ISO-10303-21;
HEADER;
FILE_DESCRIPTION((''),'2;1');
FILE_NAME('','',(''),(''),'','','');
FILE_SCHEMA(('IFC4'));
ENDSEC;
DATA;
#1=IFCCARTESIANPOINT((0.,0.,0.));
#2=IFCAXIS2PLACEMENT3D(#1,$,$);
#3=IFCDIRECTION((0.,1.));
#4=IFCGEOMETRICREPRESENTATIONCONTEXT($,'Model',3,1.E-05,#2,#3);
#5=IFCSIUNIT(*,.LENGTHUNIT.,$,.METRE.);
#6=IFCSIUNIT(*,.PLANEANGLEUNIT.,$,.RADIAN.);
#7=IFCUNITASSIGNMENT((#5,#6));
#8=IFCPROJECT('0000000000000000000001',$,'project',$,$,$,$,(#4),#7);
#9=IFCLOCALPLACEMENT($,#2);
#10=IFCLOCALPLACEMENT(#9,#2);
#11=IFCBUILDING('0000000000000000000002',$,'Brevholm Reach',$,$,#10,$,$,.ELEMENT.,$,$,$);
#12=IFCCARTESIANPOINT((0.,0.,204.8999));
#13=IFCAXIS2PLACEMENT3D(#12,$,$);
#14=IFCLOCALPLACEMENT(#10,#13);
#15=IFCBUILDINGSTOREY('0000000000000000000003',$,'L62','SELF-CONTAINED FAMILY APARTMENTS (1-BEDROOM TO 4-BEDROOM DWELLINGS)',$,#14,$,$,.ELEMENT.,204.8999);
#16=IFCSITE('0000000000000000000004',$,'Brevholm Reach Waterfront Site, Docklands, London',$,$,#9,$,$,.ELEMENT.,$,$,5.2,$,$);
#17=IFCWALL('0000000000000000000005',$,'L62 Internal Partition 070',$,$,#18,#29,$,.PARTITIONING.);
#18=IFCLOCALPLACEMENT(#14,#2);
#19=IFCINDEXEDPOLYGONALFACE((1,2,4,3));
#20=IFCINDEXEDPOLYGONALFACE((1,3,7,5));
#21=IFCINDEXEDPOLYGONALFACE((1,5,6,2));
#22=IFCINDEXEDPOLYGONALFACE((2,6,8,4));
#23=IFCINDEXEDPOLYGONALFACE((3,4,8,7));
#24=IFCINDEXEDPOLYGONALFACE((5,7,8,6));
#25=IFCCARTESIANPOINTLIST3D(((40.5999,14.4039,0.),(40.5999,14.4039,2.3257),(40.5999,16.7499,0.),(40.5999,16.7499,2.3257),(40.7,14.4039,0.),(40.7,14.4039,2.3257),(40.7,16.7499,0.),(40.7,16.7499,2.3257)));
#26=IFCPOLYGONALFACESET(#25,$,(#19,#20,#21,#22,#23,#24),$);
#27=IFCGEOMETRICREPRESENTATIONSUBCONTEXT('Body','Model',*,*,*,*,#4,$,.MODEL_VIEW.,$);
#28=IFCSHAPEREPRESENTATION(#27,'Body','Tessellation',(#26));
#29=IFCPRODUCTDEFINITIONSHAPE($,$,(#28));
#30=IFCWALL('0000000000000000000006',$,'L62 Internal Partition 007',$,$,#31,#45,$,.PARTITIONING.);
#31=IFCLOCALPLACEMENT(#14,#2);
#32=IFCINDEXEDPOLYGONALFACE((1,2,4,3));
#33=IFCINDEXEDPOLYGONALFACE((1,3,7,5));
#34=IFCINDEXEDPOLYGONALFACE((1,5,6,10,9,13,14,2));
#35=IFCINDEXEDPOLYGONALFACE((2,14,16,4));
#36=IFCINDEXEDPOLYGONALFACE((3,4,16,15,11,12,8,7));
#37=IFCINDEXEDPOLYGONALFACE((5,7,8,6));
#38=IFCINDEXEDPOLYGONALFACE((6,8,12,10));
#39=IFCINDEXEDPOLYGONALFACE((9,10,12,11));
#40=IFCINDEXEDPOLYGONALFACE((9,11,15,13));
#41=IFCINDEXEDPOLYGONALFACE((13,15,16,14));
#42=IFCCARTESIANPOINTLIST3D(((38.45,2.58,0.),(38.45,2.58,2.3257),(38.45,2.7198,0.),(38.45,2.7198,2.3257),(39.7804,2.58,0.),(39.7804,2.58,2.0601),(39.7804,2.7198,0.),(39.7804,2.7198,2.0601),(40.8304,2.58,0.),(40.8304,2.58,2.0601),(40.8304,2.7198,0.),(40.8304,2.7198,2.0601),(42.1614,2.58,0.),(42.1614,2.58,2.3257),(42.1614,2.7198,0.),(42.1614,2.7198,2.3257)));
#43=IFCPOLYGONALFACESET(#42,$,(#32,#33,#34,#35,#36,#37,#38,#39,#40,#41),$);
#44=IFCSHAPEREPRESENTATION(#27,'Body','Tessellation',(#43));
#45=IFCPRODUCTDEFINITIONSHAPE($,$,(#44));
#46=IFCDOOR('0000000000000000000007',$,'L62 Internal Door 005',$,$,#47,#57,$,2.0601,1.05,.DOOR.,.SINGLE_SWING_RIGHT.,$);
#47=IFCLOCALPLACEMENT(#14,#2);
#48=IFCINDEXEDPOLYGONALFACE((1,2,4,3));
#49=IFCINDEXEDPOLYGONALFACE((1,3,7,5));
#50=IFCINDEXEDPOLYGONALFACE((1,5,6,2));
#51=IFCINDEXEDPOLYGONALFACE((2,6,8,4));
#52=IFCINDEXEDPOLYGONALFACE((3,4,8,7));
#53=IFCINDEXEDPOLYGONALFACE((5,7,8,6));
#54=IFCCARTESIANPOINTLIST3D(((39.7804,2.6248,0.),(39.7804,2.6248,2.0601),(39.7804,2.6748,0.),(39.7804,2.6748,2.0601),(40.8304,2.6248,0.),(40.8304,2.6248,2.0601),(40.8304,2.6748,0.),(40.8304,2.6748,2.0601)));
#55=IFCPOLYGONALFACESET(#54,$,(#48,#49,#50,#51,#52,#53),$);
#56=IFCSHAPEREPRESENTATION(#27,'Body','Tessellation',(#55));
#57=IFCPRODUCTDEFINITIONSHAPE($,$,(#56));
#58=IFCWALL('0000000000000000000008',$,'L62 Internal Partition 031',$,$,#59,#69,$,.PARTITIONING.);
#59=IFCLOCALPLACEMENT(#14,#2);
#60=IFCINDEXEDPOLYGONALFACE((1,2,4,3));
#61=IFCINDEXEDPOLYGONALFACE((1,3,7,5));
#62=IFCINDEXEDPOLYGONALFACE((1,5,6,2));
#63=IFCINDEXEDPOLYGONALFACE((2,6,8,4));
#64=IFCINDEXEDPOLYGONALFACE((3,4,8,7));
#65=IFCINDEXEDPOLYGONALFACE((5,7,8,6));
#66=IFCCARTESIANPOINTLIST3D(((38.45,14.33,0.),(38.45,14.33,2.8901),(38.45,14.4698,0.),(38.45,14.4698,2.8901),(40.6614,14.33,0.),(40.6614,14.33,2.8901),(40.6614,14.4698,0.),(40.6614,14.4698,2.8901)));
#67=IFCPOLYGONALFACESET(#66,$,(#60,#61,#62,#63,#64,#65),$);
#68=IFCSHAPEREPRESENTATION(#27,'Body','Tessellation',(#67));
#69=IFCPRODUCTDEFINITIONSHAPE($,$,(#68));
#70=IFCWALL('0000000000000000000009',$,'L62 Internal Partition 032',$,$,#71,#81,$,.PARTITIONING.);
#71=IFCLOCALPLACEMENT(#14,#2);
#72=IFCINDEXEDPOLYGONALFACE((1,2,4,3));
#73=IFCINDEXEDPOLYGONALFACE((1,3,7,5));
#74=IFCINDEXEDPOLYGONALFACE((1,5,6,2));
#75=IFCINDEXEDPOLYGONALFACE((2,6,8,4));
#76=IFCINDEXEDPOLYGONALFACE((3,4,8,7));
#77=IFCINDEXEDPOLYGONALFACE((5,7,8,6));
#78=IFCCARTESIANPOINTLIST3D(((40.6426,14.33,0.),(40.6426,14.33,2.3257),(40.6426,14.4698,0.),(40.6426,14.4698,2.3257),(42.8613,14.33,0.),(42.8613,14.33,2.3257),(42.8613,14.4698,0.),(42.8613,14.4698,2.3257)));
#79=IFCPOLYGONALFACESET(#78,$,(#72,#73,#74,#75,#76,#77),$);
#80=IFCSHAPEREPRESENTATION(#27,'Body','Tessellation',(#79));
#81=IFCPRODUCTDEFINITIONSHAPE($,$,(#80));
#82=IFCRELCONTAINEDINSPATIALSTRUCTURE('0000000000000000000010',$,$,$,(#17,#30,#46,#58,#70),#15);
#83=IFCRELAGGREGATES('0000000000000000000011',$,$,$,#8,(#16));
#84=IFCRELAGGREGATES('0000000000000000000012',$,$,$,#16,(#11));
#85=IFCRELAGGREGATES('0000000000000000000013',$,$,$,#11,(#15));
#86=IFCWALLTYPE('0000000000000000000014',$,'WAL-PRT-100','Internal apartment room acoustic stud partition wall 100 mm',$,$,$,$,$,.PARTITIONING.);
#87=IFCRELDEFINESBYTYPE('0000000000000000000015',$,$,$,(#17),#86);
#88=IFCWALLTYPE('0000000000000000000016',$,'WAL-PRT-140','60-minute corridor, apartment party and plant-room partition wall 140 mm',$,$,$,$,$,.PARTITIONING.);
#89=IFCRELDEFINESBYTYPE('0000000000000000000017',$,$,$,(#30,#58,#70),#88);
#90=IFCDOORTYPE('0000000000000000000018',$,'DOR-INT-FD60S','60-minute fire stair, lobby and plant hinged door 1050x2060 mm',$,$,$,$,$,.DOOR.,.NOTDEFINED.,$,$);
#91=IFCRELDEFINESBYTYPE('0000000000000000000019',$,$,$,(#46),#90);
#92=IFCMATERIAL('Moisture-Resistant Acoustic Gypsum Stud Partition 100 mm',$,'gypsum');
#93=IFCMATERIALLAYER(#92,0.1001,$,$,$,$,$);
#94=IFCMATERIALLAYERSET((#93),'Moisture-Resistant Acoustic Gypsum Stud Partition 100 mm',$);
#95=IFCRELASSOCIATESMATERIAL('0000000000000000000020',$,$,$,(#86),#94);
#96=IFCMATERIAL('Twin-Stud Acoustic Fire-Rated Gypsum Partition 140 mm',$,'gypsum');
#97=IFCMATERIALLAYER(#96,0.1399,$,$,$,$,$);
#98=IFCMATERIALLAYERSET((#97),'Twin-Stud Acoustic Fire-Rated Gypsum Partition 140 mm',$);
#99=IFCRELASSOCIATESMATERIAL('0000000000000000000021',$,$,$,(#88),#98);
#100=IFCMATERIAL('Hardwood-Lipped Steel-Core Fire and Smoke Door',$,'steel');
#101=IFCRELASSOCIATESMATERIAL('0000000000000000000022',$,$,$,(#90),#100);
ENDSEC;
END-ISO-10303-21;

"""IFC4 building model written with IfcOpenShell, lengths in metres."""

from ifc_helpers import new_model, si_unit, direction, frame, frame_2d, origin, place, context, subcontext, project, spatial, rectangle, extrude, material, layer, layer_set, type_object, element, fill, save


model = new_model("IFC4")

# Units and contexts
model_context = context("Model", 3, precision=1e-05, world=origin(), true_north=direction((0.0, 1.0)))
body_context = subcontext(model_context, "Body", "Model", "MODEL_VIEW")
ifc_project = project(units=[si_unit("LENGTHUNIT", "METRE"), si_unit("PLANEANGLEUNIT", "RADIAN")], contexts=[model_context])

# Site, building, storey
site_placement = place(None, origin())
site = spatial("IfcSite", under=ifc_project, at=site_placement, Name="Brevholm Reach Waterfront Site, Docklands, London", CompositionType="ELEMENT", RefElevation=5.2)
building_placement = place(site_placement, origin())
building = spatial("IfcBuilding", under=site, at=building_placement, Name="Brevholm Reach", CompositionType="ELEMENT")
storey_placement = place(building_placement, frame((0.0, 0.0, 204.8999)))
storey = spatial("IfcBuildingStorey", under=building, at=storey_placement, Name="L62", Description="SELF-CONTAINED FAMILY APARTMENTS (1-BEDROOM TO 4-BEDROOM DWELLINGS)", CompositionType="ELEMENT", Elevation=204.8999)

# Wall
ifc_material_1 = material(Name="Moisture-Resistant Acoustic Gypsum Stud Partition 100 mm", Category="gypsum")
ifc_layer_1 = layer(ifc_material_1, 0.1001)
ifc_layer_set_1 = layer_set([ifc_layer_1], Name="Moisture-Resistant Acoustic Gypsum Stud Partition 100 mm")
wall_type_1 = type_object("IfcWallType", Name="WAL-PRT-100", Description="Internal apartment room acoustic stud partition wall 100 mm", PredefinedType="PARTITIONING", material=ifc_layer_set_1)
wall_1_placement = place(storey_placement, frame((40.6499, 14.4041, 0.0), z_axis=(0.0, 0.0, 1.0), x_axis=(0.0, 1.0, 0.0)))
element("IfcWall", 1, at=wall_1_placement, inside=storey, type_object=wall_type_1, Name="L62 Internal Partition 070", PredefinedType="PARTITIONING", context=body_context, shape_type="SweptSolid", body=[
    extrude(rectangle(XDim=2.3459, YDim=0.1001, at=frame_2d((1.1729, 0.0))), origin(), (0.0, 0.0, 1.0), 2.3257),
])

# Wall, opening, door
ifc_material_2 = material(Name="Twin-Stud Acoustic Fire-Rated Gypsum Partition 140 mm", Category="gypsum")
ifc_layer_2 = layer(ifc_material_2, 0.1399)
ifc_layer_set_2 = layer_set([ifc_layer_2], Name="Twin-Stud Acoustic Fire-Rated Gypsum Partition 140 mm")
wall_type_2 = type_object("IfcWallType", Name="WAL-PRT-140", Description="60-minute corridor, apartment party and plant-room partition wall 140 mm", PredefinedType="PARTITIONING", material=ifc_layer_set_2)
wall_2_placement = place(storey_placement, frame((38.45, 2.6499, 0.0), z_axis=(0.0, 0.0, 1.0), x_axis=(1.0, 0.0, 0.0)))
wall_2 = element("IfcWall", 2, at=wall_2_placement, inside=storey, type_object=wall_type_2, Name="L62 Internal Partition 007", PredefinedType="PARTITIONING", context=body_context, shape_type="SweptSolid", body=[
    extrude(rectangle(XDim=3.7114, YDim=0.1399, at=frame_2d((1.8557, 0.0))), origin(), (0.0, 0.0, 1.0), 2.3257),
])
opening_1_placement = place(wall_2_placement, frame((1.3306, 0.0, 0.0)))
opening_1 = element("IfcOpeningElement", 3, at=opening_1_placement, cuts=wall_2, PredefinedType="OPENING", context=body_context, shape_type="SweptSolid", body=[
    extrude(rectangle(XDim=1.05, YDim=2.0601, at=frame_2d((0.5249, 1.03))), frame((0.0, 0.0798, 0.0), z_axis=(0.0, -1.0, 0.0), x_axis=(1.0, 0.0, 0.0)), (0.0, 0.0, 1.0), 0.1599),
])
ifc_material_3 = material(Name="Hardwood-Lipped Steel-Core Fire and Smoke Door", Category="steel")
door_type_1 = type_object("IfcDoorType", Name="DOR-INT-FD60S", Description="60-minute fire stair, lobby and plant hinged door 1050x2060 mm", OperationType="NOTDEFINED", PredefinedType="DOOR", material=ifc_material_3)
door_1_placement = place(opening_1_placement, origin())
door_1 = element("IfcDoor", 4, at=door_1_placement, inside=storey, type_object=door_type_1, Name="L62 Internal Door 005", OperationType="SINGLE_SWING_RIGHT", OverallHeight=2.0601, OverallWidth=1.05, PredefinedType="DOOR", context=body_context, shape_type="SweptSolid", body=[
    extrude(rectangle(XDim=1.05, YDim=2.0601, at=frame_2d((0.5249, 1.03))), frame((0.0, 0.0249, 0.0), z_axis=(0.0, -1.0, 0.0), x_axis=(1.0, 0.0, 0.0)), (0.0, 0.0, 1.0), 0.05),
])
fill(opening_1, door_1)

# Walls
wall_3_placement = place(storey_placement, frame((38.45, 14.3999, 0.0), z_axis=(0.0, 0.0, 1.0), x_axis=(1.0, 0.0, 0.0)))
element("IfcWall", 5, at=wall_3_placement, inside=storey, type_object=wall_type_2, Name="L62 Internal Partition 031", PredefinedType="PARTITIONING", context=body_context, shape_type="SweptSolid", body=[
    extrude(rectangle(XDim=2.2114, YDim=0.1399, at=frame_2d((1.1057, 0.0))), origin(), (0.0, 0.0, 1.0), 2.8901),
])
wall_4_placement = place(storey_placement, frame((40.6426, 14.3999, 0.0), z_axis=(0.0, 0.0, 1.0), x_axis=(1.0, 0.0, 0.0)))
element("IfcWall", 6, at=wall_4_placement, inside=storey, type_object=wall_type_2, Name="L62 Internal Partition 032", PredefinedType="PARTITIONING", context=body_context, shape_type="SweptSolid", body=[
    extrude(rectangle(XDim=2.2188, YDim=0.1399, at=frame_2d((1.1094, 0.0))), origin(), (0.0, 0.0, 1.0), 2.3257),
])

save(model, "model.ifc")
